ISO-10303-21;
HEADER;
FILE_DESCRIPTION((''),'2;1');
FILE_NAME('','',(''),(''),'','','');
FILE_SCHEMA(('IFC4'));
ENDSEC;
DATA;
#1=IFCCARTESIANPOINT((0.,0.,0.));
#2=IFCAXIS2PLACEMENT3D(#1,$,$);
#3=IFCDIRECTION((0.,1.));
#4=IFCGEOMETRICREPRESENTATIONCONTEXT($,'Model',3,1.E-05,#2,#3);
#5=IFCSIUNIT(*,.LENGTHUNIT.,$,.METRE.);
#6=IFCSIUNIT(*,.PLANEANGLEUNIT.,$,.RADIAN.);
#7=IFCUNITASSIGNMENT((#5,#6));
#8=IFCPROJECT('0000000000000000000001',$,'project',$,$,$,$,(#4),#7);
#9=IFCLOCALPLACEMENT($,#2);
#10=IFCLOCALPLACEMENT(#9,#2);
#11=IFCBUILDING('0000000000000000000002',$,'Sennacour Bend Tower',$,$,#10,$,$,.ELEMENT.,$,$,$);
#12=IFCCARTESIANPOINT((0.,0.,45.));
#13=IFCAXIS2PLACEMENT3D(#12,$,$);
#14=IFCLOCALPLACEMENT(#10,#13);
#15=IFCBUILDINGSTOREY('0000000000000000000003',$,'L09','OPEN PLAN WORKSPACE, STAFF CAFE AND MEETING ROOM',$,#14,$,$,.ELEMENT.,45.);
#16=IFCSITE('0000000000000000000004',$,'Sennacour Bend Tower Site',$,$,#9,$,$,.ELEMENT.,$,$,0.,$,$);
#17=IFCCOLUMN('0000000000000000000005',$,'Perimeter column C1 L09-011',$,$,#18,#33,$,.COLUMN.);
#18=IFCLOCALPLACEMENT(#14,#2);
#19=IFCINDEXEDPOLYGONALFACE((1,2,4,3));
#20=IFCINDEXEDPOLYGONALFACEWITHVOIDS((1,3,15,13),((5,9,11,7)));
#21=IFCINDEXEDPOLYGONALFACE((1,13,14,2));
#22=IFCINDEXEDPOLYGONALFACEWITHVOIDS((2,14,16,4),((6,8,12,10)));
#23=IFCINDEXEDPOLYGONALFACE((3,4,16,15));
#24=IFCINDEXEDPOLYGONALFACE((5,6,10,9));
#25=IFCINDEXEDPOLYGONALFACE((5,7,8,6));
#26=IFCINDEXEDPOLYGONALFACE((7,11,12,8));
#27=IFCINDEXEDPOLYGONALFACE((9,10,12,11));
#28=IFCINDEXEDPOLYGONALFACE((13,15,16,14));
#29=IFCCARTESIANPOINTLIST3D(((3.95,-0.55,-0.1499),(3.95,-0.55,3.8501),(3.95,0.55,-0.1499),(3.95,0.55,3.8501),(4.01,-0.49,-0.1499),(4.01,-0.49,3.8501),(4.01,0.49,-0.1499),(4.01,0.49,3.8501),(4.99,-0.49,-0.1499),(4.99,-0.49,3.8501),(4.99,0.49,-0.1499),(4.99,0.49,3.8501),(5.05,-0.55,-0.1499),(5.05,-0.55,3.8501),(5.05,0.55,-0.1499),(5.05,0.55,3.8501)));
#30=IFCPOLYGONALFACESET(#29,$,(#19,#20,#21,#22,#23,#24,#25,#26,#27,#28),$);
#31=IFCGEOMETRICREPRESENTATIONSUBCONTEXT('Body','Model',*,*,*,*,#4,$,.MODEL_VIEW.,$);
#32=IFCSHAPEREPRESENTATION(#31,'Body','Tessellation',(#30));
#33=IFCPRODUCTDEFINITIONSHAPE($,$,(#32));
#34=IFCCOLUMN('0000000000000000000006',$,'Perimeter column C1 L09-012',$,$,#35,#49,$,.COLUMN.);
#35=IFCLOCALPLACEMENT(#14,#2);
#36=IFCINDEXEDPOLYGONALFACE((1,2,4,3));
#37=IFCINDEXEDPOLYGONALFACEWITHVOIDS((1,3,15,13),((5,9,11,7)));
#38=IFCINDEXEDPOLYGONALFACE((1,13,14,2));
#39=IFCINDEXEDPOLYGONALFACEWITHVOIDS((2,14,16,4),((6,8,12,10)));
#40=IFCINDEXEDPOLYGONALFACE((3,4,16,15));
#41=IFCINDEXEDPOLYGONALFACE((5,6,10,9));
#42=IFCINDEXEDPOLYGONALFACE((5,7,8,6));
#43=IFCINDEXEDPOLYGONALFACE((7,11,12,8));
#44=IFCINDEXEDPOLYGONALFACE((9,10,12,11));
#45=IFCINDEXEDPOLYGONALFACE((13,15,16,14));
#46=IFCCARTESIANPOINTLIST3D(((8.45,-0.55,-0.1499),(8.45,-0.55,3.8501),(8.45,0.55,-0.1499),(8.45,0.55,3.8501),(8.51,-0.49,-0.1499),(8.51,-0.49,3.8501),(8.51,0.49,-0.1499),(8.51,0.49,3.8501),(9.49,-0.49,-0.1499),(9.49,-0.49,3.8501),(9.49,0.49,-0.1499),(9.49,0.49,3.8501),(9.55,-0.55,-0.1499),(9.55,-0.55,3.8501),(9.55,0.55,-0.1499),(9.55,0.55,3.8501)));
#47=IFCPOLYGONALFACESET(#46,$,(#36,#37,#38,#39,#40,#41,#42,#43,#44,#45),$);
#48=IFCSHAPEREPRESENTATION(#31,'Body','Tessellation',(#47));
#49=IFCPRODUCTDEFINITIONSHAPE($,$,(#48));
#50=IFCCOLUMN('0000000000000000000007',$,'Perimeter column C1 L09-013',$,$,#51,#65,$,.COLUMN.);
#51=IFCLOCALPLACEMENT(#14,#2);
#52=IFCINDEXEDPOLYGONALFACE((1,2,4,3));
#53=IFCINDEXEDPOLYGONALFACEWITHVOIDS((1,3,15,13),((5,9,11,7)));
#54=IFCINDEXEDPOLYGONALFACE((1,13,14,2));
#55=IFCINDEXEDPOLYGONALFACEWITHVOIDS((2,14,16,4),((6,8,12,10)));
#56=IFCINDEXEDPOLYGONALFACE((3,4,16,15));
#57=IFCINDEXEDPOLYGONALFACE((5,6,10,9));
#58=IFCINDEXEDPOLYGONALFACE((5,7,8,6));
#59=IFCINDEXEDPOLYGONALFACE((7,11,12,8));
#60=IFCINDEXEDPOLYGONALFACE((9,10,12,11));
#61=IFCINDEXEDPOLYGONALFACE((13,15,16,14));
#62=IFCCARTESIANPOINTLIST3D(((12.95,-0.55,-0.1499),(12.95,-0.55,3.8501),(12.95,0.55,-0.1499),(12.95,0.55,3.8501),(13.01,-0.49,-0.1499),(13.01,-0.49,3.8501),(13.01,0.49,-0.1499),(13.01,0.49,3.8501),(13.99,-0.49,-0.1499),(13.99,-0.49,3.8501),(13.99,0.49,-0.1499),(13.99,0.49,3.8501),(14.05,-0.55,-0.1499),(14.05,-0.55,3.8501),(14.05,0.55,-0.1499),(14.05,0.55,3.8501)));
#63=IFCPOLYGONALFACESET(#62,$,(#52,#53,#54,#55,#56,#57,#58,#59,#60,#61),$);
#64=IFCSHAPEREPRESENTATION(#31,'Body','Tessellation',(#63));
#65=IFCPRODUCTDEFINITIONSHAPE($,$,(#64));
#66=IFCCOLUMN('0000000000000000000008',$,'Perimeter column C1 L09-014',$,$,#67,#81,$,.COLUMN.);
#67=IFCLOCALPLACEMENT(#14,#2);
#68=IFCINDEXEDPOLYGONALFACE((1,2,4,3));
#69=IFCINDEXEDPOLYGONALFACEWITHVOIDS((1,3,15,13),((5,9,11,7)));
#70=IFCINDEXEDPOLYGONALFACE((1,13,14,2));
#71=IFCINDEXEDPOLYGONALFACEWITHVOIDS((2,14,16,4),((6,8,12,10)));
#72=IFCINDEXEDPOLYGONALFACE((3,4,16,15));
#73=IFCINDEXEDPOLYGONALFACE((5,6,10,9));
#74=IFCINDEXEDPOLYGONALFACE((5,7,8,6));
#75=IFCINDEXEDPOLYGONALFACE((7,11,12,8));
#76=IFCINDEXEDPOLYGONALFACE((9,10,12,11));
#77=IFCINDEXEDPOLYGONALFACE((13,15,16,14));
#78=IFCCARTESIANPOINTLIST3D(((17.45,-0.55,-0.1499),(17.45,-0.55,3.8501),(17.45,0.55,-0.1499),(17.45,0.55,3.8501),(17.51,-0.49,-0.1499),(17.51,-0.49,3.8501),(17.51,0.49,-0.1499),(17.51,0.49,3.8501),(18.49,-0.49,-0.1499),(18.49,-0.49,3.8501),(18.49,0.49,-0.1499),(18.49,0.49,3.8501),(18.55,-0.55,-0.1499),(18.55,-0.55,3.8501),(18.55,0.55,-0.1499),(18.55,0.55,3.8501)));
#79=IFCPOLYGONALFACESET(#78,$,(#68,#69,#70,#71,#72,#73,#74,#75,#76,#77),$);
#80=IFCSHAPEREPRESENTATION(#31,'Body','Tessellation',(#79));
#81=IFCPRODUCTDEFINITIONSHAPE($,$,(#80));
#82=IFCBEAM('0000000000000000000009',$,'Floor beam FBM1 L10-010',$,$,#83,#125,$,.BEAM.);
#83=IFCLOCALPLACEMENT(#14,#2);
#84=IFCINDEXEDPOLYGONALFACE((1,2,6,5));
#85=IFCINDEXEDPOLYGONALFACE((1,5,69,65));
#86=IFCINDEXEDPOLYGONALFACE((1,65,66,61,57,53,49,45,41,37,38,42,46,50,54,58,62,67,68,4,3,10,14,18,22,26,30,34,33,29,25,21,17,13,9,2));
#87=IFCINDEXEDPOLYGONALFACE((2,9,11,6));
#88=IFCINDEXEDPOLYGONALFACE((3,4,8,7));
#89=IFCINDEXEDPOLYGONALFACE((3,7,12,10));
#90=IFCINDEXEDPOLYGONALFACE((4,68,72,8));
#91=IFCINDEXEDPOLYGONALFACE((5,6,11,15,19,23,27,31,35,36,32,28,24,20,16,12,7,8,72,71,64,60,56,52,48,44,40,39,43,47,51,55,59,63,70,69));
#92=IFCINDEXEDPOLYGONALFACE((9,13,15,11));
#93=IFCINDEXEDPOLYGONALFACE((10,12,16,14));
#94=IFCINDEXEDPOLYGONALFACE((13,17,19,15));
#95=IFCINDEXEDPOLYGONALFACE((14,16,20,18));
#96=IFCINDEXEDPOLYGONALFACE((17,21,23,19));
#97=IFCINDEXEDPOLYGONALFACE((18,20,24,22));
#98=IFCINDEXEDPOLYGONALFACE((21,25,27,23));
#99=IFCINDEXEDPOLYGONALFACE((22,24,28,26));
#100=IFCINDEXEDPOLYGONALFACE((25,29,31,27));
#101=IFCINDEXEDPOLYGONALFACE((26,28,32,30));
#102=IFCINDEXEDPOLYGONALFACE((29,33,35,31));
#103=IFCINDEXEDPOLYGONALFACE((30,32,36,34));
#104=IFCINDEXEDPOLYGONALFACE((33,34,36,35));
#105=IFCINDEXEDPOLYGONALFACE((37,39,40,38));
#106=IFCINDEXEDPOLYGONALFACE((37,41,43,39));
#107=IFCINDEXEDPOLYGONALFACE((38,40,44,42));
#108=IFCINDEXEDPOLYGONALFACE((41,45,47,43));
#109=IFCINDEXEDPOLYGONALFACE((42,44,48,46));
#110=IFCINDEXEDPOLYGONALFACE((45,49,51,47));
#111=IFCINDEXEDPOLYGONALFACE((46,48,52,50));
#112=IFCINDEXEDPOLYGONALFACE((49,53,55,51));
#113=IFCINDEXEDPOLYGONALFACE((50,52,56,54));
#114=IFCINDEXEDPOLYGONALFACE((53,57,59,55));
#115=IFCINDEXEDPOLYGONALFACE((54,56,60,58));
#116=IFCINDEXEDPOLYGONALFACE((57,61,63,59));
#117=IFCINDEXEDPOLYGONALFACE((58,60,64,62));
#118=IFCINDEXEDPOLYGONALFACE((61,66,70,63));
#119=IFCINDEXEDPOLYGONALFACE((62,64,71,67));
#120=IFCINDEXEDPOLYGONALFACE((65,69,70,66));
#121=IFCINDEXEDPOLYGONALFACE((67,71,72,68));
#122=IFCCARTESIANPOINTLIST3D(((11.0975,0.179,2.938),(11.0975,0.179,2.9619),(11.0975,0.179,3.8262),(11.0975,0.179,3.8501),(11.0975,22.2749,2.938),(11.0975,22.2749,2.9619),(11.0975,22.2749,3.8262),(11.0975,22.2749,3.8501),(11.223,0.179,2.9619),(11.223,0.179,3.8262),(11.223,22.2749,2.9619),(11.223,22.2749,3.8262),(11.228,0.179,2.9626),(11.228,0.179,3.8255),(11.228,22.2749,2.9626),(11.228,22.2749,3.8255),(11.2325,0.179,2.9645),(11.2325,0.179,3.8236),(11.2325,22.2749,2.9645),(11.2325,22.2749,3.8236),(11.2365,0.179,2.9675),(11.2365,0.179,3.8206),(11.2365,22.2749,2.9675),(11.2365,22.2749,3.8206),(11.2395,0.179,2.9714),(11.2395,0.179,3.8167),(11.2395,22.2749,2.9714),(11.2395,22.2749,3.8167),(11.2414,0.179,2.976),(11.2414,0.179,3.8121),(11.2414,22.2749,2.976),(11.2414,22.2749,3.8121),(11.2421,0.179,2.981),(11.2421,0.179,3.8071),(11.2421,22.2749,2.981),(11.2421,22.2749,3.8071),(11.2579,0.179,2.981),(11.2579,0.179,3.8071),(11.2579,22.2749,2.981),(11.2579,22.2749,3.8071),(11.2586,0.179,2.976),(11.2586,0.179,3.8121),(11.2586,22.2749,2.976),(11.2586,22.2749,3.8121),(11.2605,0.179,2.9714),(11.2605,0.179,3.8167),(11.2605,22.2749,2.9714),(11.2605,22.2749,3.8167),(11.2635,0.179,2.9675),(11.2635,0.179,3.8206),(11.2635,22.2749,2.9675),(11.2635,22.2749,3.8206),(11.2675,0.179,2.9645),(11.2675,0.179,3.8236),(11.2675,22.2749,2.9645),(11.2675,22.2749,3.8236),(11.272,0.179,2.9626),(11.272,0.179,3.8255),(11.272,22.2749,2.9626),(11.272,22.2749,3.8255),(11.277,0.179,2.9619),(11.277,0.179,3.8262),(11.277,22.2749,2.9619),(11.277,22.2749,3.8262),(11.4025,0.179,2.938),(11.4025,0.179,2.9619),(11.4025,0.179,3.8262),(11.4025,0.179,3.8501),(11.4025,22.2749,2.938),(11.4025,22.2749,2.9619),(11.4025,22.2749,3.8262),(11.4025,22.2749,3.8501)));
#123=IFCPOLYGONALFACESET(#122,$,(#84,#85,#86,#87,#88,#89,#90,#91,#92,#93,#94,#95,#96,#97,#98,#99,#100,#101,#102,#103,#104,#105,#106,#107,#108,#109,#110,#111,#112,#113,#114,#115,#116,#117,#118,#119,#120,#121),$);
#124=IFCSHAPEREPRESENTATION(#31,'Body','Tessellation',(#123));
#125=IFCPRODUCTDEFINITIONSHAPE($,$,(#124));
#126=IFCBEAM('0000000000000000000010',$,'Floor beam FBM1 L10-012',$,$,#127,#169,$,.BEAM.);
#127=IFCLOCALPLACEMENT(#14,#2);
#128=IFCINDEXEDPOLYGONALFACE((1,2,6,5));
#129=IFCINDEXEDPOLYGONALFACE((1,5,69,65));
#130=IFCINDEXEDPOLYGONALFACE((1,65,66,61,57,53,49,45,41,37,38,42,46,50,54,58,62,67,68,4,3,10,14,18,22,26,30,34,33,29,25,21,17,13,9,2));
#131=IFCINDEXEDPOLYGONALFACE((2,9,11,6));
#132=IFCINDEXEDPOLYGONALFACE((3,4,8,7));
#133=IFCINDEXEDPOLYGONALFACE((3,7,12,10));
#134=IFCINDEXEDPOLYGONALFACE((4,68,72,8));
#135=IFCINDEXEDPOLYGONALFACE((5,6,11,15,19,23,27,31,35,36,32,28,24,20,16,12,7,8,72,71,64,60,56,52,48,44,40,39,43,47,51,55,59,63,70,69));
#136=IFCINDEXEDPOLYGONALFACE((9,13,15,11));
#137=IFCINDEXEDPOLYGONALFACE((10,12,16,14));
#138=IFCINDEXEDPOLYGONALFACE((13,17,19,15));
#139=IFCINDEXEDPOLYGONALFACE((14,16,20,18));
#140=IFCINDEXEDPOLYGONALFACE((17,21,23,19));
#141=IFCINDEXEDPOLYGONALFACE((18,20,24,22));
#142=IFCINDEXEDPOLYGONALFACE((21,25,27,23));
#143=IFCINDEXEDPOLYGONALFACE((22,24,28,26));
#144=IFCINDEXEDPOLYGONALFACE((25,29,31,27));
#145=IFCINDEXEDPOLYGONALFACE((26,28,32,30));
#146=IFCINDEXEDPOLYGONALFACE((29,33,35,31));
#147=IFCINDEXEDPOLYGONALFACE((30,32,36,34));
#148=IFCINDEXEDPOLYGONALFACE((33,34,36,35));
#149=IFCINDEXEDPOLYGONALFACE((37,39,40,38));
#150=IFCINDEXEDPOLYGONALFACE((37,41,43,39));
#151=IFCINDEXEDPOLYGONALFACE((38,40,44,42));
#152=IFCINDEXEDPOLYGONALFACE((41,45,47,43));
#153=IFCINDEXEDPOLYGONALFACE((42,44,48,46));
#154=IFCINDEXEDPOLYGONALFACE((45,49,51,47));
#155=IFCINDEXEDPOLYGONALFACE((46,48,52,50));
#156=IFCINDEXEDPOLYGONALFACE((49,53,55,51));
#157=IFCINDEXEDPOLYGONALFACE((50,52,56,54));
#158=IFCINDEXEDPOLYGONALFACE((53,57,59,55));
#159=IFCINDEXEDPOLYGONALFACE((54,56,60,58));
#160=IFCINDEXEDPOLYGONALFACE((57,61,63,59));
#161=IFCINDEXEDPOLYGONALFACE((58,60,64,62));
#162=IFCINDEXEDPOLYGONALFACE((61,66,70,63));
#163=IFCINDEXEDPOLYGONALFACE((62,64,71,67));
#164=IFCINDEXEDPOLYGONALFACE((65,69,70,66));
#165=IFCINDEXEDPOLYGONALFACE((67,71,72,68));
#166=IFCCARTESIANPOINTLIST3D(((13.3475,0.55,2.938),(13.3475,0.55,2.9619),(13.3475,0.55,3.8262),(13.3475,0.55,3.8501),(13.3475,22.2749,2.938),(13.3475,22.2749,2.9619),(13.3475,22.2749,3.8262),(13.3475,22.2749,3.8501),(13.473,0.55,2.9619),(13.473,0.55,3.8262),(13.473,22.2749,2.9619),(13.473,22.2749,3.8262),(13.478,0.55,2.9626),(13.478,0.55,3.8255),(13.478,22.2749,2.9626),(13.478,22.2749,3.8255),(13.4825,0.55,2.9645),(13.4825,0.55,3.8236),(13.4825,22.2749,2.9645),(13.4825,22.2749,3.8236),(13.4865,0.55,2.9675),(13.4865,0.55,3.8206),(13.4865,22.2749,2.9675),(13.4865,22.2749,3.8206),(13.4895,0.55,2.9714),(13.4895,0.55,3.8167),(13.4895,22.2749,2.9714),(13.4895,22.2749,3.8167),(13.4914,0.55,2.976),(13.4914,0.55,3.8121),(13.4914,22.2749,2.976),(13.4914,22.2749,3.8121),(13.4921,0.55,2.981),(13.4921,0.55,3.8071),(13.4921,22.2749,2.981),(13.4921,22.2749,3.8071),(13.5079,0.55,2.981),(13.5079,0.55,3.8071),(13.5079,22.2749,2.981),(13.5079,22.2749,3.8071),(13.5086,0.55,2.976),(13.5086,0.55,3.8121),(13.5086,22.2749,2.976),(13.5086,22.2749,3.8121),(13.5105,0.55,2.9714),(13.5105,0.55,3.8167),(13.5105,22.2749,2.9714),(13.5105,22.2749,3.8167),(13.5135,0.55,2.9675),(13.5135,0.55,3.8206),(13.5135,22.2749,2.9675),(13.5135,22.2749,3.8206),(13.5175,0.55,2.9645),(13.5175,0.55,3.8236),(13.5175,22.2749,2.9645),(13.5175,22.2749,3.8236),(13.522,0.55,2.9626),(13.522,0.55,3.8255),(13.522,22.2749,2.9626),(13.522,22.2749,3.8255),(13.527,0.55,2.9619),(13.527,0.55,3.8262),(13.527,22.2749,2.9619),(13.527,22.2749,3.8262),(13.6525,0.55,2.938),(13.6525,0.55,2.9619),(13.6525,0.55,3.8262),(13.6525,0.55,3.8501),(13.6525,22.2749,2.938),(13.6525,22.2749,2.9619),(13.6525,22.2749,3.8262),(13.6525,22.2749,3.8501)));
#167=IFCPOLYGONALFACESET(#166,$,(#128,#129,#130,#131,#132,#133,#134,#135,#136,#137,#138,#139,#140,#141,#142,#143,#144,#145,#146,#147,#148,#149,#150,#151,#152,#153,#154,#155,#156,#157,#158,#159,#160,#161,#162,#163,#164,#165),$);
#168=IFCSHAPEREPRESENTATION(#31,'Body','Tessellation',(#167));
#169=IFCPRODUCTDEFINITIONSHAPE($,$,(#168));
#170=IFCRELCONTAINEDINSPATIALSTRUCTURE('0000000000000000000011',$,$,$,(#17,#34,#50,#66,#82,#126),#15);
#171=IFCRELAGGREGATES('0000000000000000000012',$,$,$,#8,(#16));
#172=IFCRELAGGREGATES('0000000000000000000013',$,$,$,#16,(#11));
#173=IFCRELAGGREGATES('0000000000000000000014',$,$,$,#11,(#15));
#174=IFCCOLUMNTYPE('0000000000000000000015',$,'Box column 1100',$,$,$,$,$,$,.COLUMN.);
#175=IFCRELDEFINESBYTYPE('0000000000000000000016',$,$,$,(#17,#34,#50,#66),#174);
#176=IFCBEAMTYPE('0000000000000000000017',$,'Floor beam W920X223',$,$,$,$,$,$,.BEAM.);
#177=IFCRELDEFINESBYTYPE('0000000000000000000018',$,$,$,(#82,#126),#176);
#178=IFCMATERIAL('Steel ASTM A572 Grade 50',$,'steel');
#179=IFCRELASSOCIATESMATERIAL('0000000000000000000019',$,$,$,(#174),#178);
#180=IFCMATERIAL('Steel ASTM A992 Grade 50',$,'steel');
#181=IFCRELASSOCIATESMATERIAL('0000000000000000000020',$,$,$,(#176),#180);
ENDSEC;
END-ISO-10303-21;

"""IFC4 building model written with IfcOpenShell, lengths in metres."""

from ifc_helpers import new_model, si_unit, direction, frame, origin, origin_2d, place, context, subcontext, project, spatial, hollow_rectangle, i_section, extrude, material, material_profile, profile_set, type_object, element, save


model = new_model("IFC4")

# Units and contexts
model_context = context("Model", 3, precision=1e-05, world=origin(), true_north=direction((0.0, 1.0)))
body_context = subcontext(model_context, "Body", "Model", "MODEL_VIEW")
ifc_project = project(units=[si_unit("LENGTHUNIT", "METRE"), si_unit("PLANEANGLEUNIT", "RADIAN")], contexts=[model_context])

# Site, building, storey
site_placement = place(None, origin())
site = spatial("IfcSite", under=ifc_project, at=site_placement, Name="Sennacour Bend Tower Site", CompositionType="ELEMENT", RefElevation=0.0)
building_placement = place(site_placement, origin())
building = spatial("IfcBuilding", under=site, at=building_placement, Name="Sennacour Bend Tower", CompositionType="ELEMENT")
storey_placement = place(building_placement, frame((0.0, 0.0, 45.0)))
storey = spatial("IfcBuildingStorey", under=building, at=storey_placement, Name="L09", Description="OPEN PLAN WORKSPACE, STAFF CAFE AND MEETING ROOM", CompositionType="ELEMENT", Elevation=45.0)

# Columns
ifc_material_1 = material(Name="Steel ASTM A572 Grade 50", Category="steel")
ifc_material_profile_1 = material_profile(ifc_material_1, hollow_rectangle(XDim=1.1001, YDim=1.1001, WallThickness=0.0601, at=origin_2d()), Name="Steel ASTM A572 Grade 50", Category="steel")
ifc_profile_set_1 = profile_set([ifc_material_profile_1], Name="Steel ASTM A572 Grade 50")
column_type = type_object("IfcColumnType", Name="Box column 1100", PredefinedType="COLUMN", material=ifc_profile_set_1)
for number, where, z_axis, x_axis, name in (
    (1, (4.5, 0.0, -0.1499), (0.0, 0.0, 1.0), (1.0, 0.0, 0.0), "Perimeter column C1 L09-011"),
    (2, (9.0, 0.0, -0.1499), (0.0, 0.0, 1.0), (1.0, 0.0, 0.0), "Perimeter column C1 L09-012"),
    (3, (13.5, 0.0, -0.1499), (0.0, 0.0, 1.0), (1.0, 0.0, 0.0), "Perimeter column C1 L09-013"),
    (4, (18.0, 0.0, -0.1499), (0.0, 0.0, 1.0), (1.0, 0.0, 0.0), "Perimeter column C1 L09-014"),
):
    element("IfcColumn", number, at=place(storey_placement, frame(where, z_axis=z_axis, x_axis=x_axis)), inside=storey, type_object=column_type, Name=name, PredefinedType="COLUMN", context=body_context, shape_type="SweptSolid", body=[
        extrude(hollow_rectangle(XDim=1.1001, YDim=1.1001, WallThickness=0.0601, at=origin_2d()), origin(), (0.0, 0.0, 1.0), 4.0),
    ])

# Beams
ifc_material_2 = material(Name="Steel ASTM A992 Grade 50", Category="steel")
ifc_material_profile_2 = material_profile(ifc_material_2, i_section(OverallWidth=0.3049, OverallDepth=0.9121, WebThickness=0.0159, FlangeThickness=0.0239, FilletRadius=0.019, at=origin_2d()), Name="Steel ASTM A992 Grade 50", Category="steel")
ifc_profile_set_2 = profile_set([ifc_material_profile_2], Name="Steel ASTM A992 Grade 50")
beam_type_1 = type_object("IfcBeamType", Name="Floor beam W920X223", PredefinedType="BEAM", material=ifc_profile_set_2)
beam_1_placement = place(storey_placement, frame((11.25, 0.179, 3.394), z_axis=(0.0, 1.0, 0.0), x_axis=(-1.0, 0.0, 0.0)))
element("IfcBeam", 5, at=beam_1_placement, inside=storey, type_object=beam_type_1, Name="Floor beam FBM1 L10-010", PredefinedType="BEAM", context=body_context, shape_type="SweptSolid", body=[
    extrude(i_section(OverallWidth=0.3049, OverallDepth=0.9121, WebThickness=0.0159, FlangeThickness=0.0239, FilletRadius=0.019, at=origin_2d()), origin(), (0.0, 0.0, 1.0), 22.0959),
])
beam_2_placement = place(storey_placement, frame((13.5, 0.55, 3.394), z_axis=(0.0, 1.0, 0.0), x_axis=(-1.0, 0.0, 0.0)))
element("IfcBeam", 6, at=beam_2_placement, inside=storey, type_object=beam_type_1, Name="Floor beam FBM1 L10-012", PredefinedType="BEAM", context=body_context, shape_type="SweptSolid", body=[
    extrude(i_section(OverallWidth=0.3049, OverallDepth=0.9121, WebThickness=0.0159, FlangeThickness=0.0239, FilletRadius=0.019, at=origin_2d()), origin(), (0.0, 0.0, 1.0), 21.7249),
])

save(model, "model.ifc")
